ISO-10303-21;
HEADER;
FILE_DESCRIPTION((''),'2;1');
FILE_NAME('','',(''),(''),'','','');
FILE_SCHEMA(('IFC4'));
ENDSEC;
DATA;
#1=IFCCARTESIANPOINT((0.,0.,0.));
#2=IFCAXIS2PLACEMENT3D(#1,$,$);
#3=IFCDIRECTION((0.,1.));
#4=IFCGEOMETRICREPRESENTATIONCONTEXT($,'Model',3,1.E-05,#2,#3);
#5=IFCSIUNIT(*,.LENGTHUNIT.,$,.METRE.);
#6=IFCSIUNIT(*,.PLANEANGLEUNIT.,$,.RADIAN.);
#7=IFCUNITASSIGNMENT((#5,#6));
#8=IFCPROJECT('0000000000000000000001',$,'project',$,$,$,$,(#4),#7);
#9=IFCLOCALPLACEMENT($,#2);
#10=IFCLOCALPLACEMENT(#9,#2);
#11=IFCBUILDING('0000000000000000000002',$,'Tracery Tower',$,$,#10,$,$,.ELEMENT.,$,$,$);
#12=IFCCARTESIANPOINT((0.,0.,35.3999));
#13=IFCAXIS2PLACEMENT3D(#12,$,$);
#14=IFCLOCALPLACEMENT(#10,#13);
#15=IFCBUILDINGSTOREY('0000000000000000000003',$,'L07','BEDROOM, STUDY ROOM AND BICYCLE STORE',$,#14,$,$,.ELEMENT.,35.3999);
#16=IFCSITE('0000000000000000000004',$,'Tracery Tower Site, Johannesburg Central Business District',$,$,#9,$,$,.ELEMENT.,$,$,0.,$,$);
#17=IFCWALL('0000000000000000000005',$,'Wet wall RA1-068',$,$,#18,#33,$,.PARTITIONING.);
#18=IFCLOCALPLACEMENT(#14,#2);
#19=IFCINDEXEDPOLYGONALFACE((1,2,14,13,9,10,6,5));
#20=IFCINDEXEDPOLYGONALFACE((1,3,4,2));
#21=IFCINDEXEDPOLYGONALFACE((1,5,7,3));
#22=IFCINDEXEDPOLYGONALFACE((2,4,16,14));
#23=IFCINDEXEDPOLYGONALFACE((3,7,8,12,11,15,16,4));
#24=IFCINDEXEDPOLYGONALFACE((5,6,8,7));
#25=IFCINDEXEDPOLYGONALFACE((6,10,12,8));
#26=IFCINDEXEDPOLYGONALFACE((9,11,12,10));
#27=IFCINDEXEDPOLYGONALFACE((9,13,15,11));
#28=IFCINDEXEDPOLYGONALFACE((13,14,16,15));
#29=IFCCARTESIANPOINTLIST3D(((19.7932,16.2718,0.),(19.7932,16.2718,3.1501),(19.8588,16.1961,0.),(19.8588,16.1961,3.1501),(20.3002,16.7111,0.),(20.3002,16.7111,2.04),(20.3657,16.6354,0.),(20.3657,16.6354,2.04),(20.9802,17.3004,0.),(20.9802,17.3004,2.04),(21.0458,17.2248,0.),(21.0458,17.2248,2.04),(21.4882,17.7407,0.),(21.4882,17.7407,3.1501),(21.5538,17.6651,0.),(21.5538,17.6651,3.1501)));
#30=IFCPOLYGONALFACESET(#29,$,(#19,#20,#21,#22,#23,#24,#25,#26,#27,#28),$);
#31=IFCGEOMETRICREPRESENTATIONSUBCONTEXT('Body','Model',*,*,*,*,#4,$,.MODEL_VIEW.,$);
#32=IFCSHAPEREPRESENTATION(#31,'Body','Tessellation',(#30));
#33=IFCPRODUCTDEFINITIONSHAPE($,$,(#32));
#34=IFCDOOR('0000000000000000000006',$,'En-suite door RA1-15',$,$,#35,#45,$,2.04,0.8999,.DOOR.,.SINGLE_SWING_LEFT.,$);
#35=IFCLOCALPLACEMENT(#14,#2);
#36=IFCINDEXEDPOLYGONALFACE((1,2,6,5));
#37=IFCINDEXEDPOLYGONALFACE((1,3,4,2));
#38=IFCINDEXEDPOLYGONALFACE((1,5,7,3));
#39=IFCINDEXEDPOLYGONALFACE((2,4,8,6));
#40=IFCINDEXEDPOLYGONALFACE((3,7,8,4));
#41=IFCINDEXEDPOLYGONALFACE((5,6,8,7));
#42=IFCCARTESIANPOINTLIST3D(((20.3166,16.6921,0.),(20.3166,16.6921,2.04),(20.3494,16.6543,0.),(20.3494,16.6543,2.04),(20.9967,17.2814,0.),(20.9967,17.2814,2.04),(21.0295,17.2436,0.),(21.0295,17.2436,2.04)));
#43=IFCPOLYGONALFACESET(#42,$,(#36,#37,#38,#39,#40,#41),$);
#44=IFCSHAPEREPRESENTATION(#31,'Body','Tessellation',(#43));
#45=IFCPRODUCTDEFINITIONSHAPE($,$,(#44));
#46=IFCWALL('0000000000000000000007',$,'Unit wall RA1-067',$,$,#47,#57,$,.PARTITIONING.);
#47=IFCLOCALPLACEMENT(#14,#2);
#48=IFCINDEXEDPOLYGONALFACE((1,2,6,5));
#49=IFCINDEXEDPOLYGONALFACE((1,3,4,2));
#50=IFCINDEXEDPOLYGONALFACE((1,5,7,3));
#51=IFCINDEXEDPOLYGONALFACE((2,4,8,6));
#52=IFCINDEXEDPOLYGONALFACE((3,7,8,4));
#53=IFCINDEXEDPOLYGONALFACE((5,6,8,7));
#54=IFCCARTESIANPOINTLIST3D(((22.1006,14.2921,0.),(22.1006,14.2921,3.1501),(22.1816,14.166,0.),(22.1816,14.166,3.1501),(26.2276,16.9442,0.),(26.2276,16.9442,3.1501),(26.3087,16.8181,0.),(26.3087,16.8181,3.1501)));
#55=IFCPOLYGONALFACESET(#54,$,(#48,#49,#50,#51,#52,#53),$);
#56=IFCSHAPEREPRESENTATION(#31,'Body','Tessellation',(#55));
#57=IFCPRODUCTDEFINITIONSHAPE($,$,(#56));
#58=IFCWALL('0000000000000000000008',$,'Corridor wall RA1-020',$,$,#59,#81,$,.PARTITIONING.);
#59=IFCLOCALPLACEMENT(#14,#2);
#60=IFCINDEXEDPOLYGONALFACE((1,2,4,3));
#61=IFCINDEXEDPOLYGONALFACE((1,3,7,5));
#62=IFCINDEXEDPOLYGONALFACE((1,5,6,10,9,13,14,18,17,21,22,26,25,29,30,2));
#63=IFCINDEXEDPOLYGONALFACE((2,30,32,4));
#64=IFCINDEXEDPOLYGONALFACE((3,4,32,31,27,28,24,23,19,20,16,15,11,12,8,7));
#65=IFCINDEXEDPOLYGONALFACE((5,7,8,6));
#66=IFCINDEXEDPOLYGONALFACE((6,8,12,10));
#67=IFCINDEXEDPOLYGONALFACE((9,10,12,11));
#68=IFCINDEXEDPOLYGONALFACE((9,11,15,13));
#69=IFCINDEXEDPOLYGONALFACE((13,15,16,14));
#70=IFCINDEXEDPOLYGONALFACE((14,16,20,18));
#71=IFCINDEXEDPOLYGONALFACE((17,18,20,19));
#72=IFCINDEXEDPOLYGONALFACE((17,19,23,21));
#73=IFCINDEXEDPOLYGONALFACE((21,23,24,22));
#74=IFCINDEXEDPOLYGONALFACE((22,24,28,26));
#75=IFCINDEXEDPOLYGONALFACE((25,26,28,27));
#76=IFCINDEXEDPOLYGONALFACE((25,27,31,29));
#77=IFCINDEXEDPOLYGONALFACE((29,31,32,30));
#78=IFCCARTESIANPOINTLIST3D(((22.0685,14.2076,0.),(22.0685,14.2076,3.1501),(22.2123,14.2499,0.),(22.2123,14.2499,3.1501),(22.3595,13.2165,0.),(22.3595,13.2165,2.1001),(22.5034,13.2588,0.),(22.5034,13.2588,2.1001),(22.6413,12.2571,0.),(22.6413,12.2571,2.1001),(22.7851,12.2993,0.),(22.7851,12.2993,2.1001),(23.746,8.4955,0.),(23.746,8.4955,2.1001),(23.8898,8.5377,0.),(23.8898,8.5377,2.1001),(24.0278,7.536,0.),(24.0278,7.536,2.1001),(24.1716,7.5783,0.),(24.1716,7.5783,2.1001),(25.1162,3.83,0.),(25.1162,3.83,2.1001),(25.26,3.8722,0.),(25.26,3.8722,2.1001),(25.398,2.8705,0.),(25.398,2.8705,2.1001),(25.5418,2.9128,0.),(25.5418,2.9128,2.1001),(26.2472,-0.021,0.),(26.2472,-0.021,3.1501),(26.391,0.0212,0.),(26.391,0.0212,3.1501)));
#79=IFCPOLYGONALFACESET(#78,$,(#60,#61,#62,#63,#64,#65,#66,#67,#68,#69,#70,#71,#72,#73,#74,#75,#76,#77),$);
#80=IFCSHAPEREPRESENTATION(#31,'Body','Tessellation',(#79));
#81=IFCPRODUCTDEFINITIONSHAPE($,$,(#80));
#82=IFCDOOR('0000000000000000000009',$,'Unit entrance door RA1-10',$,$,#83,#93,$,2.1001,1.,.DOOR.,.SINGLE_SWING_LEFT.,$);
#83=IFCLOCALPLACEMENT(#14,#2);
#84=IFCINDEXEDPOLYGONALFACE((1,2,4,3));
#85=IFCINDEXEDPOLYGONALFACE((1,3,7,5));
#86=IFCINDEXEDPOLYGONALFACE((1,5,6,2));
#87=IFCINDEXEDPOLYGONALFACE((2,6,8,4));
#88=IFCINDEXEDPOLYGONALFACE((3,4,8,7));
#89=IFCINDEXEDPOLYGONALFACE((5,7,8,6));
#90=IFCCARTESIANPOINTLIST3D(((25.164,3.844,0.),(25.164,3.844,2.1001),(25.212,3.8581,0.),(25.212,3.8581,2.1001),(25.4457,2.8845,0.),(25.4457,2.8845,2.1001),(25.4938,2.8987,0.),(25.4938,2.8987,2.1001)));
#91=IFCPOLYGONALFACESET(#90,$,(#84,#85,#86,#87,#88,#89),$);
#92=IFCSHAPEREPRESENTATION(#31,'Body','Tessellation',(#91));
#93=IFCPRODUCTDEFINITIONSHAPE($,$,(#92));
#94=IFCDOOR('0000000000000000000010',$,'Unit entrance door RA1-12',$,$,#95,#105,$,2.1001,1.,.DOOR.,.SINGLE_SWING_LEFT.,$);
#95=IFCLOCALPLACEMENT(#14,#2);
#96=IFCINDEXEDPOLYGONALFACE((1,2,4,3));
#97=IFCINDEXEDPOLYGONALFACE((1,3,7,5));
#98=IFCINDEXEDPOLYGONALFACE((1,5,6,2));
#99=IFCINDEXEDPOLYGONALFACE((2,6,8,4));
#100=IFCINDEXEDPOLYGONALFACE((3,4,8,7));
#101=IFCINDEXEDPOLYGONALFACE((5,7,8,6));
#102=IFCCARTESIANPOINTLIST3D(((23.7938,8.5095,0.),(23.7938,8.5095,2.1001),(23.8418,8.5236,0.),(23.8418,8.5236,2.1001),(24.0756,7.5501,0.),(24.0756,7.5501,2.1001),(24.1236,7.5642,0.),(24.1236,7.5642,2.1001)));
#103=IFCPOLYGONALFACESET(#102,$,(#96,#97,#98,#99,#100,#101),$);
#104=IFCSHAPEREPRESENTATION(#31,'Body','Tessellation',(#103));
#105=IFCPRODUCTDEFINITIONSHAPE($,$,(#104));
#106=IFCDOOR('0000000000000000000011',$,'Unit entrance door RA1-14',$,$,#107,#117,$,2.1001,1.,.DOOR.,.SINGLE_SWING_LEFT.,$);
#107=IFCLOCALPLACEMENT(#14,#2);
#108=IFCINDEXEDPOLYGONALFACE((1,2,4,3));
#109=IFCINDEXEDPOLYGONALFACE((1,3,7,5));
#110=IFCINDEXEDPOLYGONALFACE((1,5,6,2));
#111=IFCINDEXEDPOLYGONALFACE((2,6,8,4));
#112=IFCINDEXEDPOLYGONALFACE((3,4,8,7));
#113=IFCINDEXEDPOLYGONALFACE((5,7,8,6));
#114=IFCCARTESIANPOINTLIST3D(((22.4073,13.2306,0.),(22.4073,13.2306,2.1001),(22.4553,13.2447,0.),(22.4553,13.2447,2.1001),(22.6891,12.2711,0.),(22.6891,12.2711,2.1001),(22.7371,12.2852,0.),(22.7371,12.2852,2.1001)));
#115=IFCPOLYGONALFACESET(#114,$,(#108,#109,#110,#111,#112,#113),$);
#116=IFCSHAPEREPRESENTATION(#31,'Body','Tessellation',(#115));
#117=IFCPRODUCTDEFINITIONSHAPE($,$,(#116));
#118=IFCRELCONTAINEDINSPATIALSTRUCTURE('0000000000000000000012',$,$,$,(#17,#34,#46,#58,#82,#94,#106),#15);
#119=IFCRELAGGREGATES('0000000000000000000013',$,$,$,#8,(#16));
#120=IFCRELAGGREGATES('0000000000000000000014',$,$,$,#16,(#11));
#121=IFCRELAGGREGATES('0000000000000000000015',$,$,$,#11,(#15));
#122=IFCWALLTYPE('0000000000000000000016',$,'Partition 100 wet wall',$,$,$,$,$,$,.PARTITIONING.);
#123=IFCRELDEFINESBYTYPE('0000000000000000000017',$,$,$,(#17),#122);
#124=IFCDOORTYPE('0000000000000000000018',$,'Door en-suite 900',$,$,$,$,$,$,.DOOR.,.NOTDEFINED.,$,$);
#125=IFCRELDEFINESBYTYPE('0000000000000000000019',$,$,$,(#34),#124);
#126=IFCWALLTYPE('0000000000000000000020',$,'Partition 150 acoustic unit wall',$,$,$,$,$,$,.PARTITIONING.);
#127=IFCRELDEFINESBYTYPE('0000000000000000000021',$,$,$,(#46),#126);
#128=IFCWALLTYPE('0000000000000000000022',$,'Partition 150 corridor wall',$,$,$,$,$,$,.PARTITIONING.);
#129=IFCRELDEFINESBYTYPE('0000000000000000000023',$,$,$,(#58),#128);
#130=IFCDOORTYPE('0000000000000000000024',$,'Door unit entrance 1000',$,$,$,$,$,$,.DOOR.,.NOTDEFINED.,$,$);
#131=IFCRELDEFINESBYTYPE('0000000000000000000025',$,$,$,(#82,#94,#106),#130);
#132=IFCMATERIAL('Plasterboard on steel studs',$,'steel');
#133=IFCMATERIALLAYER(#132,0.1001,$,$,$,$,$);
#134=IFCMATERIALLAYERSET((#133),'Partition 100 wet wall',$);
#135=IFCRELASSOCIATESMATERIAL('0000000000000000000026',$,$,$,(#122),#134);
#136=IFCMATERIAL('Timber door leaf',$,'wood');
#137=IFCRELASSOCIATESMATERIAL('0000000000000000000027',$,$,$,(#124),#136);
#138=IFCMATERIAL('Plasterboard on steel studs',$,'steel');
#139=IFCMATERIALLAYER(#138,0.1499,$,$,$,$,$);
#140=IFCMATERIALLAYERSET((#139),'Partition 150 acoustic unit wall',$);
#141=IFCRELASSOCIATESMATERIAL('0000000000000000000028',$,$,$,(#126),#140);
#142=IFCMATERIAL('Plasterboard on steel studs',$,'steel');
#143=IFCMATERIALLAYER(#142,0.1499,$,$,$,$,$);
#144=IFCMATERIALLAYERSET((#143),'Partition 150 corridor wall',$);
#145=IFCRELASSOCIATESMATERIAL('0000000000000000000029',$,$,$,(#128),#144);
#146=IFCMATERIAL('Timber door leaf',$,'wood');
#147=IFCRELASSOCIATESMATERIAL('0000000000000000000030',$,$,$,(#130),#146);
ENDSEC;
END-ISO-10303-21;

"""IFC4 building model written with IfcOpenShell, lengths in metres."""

from ifc_helpers import new_model, si_unit, direction, frame, frame_2d, origin, place, context, subcontext, project, spatial, rectangle, extrude, material, layer, layer_set, type_object, element, fill, save


model = new_model("IFC4")

# Units and contexts
model_context = context("Model", 3, precision=1e-05, world=origin(), true_north=direction((0.0, 1.0)))
body_context = subcontext(model_context, "Body", "Model", "MODEL_VIEW")
ifc_project = project(units=[si_unit("LENGTHUNIT", "METRE"), si_unit("PLANEANGLEUNIT", "RADIAN")], contexts=[model_context])

# Site, building, storey
site_placement = place(None, origin())
site = spatial("IfcSite", under=ifc_project, at=site_placement, Name="Tracery Tower Site, Johannesburg Central Business District", CompositionType="ELEMENT", RefElevation=0.0)
building_placement = place(site_placement, origin())
building = spatial("IfcBuilding", under=site, at=building_placement, Name="Tracery Tower", CompositionType="ELEMENT")
storey_placement = place(building_placement, frame((0.0, 0.0, 35.3999)))
storey = spatial("IfcBuildingStorey", under=building, at=storey_placement, Name="L07", Description="BEDROOM, STUDY ROOM AND BICYCLE STORE", CompositionType="ELEMENT", Elevation=35.3999)

# Shared definitions
ifc_material_1 = material(Name="Plasterboard on steel studs", Category="steel")
ifc_layer_1 = layer(ifc_material_1, 0.1001)
ifc_layer_set_1 = layer_set([ifc_layer_1], Name="Partition 100 wet wall")
wall_type_1 = type_object("IfcWallType", Name="Partition 100 wet wall", PredefinedType="PARTITIONING", material=ifc_layer_set_1)

# Wall, opening, door
ifc_material_2 = material(Name="Timber door leaf", Category="wood")
door_type_1 = type_object("IfcDoorType", Name="Door en-suite 900", OperationType="NOTDEFINED", PredefinedType="DOOR", material=ifc_material_2)
wall_1_placement = place(storey_placement, frame((19.8259, 16.2339, 0.0), z_axis=(0.0, 0.0, 1.0), x_axis=(0.755703, 0.654914, 0.0)))
wall_1 = element("IfcWall", 1, at=wall_1_placement, inside=storey, type_object=wall_type_1, Name="Wet wall RA1-068", PredefinedType="PARTITIONING", context=body_context, shape_type="SweptSolid", body=[
    extrude(rectangle(XDim=2.2429, YDim=0.1001, at=frame_2d((1.1216, 0.0))), origin(), (0.0, 0.0, 1.0), 3.1501),
])
opening_1_placement = place(wall_1_placement, frame((0.6709, 0.0, 0.0)))
opening_1 = element("IfcOpeningElement", 2, at=opening_1_placement, cuts=wall_1, PredefinedType="OPENING", context=body_context, shape_type="SweptSolid", body=[
    extrude(rectangle(XDim=0.8999, YDim=2.04, at=frame_2d((0.45, 1.02))), frame((0.0, 0.05, 0.0), z_axis=(0.0, -1.0, 0.0), x_axis=(1.0, 0.0, 0.0)), (0.0, 0.0, 1.0), 0.1001),
])
door_1_placement = place(opening_1_placement, origin())
door_1 = element("IfcDoor", 3, at=door_1_placement, inside=storey, type_object=door_type_1, Name="En-suite door RA1-15", OperationType="SINGLE_SWING_LEFT", OverallHeight=2.04, OverallWidth=0.8999, PredefinedType="DOOR", context=body_context, shape_type="SweptSolid", body=[
    extrude(rectangle(XDim=0.8999, YDim=2.04, at=frame_2d((0.45, 1.02))), frame((0.0, 0.0249, 0.0), z_axis=(0.0, -1.0, 0.0), x_axis=(1.0, 0.0, 0.0)), (0.0, 0.0, 1.0), 0.05),
])
fill(opening_1, door_1)

# Wall
ifc_material_3 = material(Name="Plasterboard on steel studs", Category="steel")
ifc_layer_2 = layer(ifc_material_3, 0.1499)
ifc_layer_set_2 = layer_set([ifc_layer_2], Name="Partition 150 acoustic unit wall")
wall_type_2 = type_object("IfcWallType", Name="Partition 150 acoustic unit wall", PredefinedType="PARTITIONING", material=ifc_layer_set_2)
wall_2_placement = place(storey_placement, frame((22.1411, 14.229, 0.0), z_axis=(0.0, 0.0, 1.0), x_axis=(0.841266, 0.540622, 0.0)))
element("IfcWall", 4, at=wall_2_placement, inside=storey, type_object=wall_type_2, Name="Unit wall RA1-067", PredefinedType="PARTITIONING", context=body_context, shape_type="SweptSolid", body=[
    extrude(rectangle(XDim=4.9058, YDim=0.1499, at=frame_2d((2.4529, 0.0))), origin(), (0.0, 0.0, 1.0), 3.1501),
])

# Wall, openings, doors
ifc_material_4 = material(Name="Plasterboard on steel studs", Category="steel")
ifc_layer_3 = layer(ifc_material_4, 0.1499)
ifc_layer_set_3 = layer_set([ifc_layer_3], Name="Partition 150 corridor wall")
wall_type_3 = type_object("IfcWallType", Name="Partition 150 corridor wall", PredefinedType="PARTITIONING", material=ifc_layer_set_3)
wall_3_placement = place(storey_placement, frame((22.1404, 14.2288, 0.0), z_axis=(0.0, 0.0, 1.0), x_axis=(0.28178, -0.959479, 0.0)))
wall_3 = element("IfcWall", 5, at=wall_3_placement, inside=storey, type_object=wall_type_3, Name="Corridor wall RA1-020", PredefinedType="PARTITIONING", context=body_context, shape_type="SweptSolid", body=[
    extrude(rectangle(XDim=14.8296, YDim=0.1499, at=frame_2d((7.4148, 0.0))), origin(), (0.0, 0.0, 1.0), 3.1501),
])
opening_2_placement = place(wall_3_placement, frame((10.8159, 0.0, 0.0)))
opening_2 = element("IfcOpeningElement", 6, at=opening_2_placement, cuts=wall_3, PredefinedType="OPENING", context=body_context, shape_type="SweptSolid", body=[
    extrude(rectangle(XDim=1.0, YDim=2.1001, at=frame_2d((0.5, 1.05))), frame((0.0, 0.075, 0.0), z_axis=(0.0, -1.0, 0.0), x_axis=(1.0, 0.0, 0.0)), (0.0, 0.0, 1.0), 0.1499),
])
opening_3_placement = place(wall_3_placement, frame((5.9534, 0.0, 0.0)))
opening_3 = element("IfcOpeningElement", 7, at=opening_3_placement, cuts=wall_3, PredefinedType="OPENING", context=body_context, shape_type="SweptSolid", body=[
    extrude(rectangle(XDim=1.0, YDim=2.1001, at=frame_2d((0.5, 1.05))), frame((0.0, 0.075, 0.0), z_axis=(0.0, -1.0, 0.0), x_axis=(1.0, 0.0, 0.0)), (0.0, 0.0, 1.0), 0.1499),
])
opening_4_placement = place(wall_3_placement, frame((1.033, 0.0, 0.0)))
opening_4 = element("IfcOpeningElement", 8, at=opening_4_placement, cuts=wall_3, PredefinedType="OPENING", context=body_context, shape_type="SweptSolid", body=[
    extrude(rectangle(XDim=1.0, YDim=2.1001, at=frame_2d((0.5, 1.05))), frame((0.0, 0.075, 0.0), z_axis=(0.0, -1.0, 0.0), x_axis=(1.0, 0.0, 0.0)), (0.0, 0.0, 1.0), 0.1499),
])
ifc_material_5 = material(Name="Timber door leaf", Category="wood")
door_type_2 = type_object("IfcDoorType", Name="Door unit entrance 1000", OperationType="NOTDEFINED", PredefinedType="DOOR", material=ifc_material_5)
door_2_placement = place(opening_2_placement, origin())
door_2 = element("IfcDoor", 9, at=door_2_placement, inside=storey, type_object=door_type_2, Name="Unit entrance door RA1-10", OperationType="SINGLE_SWING_LEFT", OverallHeight=2.1001, OverallWidth=1.0, PredefinedType="DOOR", context=body_context, shape_type="SweptSolid", body=[
    extrude(rectangle(XDim=1.0, YDim=2.1001, at=frame_2d((0.5, 1.05))), frame((0.0, 0.0249, 0.0), z_axis=(0.0, -1.0, 0.0), x_axis=(1.0, 0.0, 0.0)), (0.0, 0.0, 1.0), 0.05),
])
fill(opening_2, door_2)
door_3_placement = place(opening_3_placement, origin())
door_3 = element("IfcDoor", 10, at=door_3_placement, inside=storey, type_object=door_type_2, Name="Unit entrance door RA1-12", OperationType="SINGLE_SWING_LEFT", OverallHeight=2.1001, OverallWidth=1.0, PredefinedType="DOOR", context=body_context, shape_type="SweptSolid", body=[
    extrude(rectangle(XDim=1.0, YDim=2.1001, at=frame_2d((0.5, 1.05))), frame((0.0, 0.0249, 0.0), z_axis=(0.0, -1.0, 0.0), x_axis=(1.0, 0.0, 0.0)), (0.0, 0.0, 1.0), 0.05),
])
fill(opening_3, door_3)
door_4_placement = place(opening_4_placement, origin())
door_4 = element("IfcDoor", 11, at=door_4_placement, inside=storey, type_object=door_type_2, Name="Unit entrance door RA1-14", OperationType="SINGLE_SWING_LEFT", OverallHeight=2.1001, OverallWidth=1.0, PredefinedType="DOOR", context=body_context, shape_type="SweptSolid", body=[
    extrude(rectangle(XDim=1.0, YDim=2.1001, at=frame_2d((0.5, 1.05))), frame((0.0, 0.0249, 0.0), z_axis=(0.0, -1.0, 0.0), x_axis=(1.0, 0.0, 0.0)), (0.0, 0.0, 1.0), 0.05),
])
fill(opening_4, door_4)

save(model, "model.ifc")
